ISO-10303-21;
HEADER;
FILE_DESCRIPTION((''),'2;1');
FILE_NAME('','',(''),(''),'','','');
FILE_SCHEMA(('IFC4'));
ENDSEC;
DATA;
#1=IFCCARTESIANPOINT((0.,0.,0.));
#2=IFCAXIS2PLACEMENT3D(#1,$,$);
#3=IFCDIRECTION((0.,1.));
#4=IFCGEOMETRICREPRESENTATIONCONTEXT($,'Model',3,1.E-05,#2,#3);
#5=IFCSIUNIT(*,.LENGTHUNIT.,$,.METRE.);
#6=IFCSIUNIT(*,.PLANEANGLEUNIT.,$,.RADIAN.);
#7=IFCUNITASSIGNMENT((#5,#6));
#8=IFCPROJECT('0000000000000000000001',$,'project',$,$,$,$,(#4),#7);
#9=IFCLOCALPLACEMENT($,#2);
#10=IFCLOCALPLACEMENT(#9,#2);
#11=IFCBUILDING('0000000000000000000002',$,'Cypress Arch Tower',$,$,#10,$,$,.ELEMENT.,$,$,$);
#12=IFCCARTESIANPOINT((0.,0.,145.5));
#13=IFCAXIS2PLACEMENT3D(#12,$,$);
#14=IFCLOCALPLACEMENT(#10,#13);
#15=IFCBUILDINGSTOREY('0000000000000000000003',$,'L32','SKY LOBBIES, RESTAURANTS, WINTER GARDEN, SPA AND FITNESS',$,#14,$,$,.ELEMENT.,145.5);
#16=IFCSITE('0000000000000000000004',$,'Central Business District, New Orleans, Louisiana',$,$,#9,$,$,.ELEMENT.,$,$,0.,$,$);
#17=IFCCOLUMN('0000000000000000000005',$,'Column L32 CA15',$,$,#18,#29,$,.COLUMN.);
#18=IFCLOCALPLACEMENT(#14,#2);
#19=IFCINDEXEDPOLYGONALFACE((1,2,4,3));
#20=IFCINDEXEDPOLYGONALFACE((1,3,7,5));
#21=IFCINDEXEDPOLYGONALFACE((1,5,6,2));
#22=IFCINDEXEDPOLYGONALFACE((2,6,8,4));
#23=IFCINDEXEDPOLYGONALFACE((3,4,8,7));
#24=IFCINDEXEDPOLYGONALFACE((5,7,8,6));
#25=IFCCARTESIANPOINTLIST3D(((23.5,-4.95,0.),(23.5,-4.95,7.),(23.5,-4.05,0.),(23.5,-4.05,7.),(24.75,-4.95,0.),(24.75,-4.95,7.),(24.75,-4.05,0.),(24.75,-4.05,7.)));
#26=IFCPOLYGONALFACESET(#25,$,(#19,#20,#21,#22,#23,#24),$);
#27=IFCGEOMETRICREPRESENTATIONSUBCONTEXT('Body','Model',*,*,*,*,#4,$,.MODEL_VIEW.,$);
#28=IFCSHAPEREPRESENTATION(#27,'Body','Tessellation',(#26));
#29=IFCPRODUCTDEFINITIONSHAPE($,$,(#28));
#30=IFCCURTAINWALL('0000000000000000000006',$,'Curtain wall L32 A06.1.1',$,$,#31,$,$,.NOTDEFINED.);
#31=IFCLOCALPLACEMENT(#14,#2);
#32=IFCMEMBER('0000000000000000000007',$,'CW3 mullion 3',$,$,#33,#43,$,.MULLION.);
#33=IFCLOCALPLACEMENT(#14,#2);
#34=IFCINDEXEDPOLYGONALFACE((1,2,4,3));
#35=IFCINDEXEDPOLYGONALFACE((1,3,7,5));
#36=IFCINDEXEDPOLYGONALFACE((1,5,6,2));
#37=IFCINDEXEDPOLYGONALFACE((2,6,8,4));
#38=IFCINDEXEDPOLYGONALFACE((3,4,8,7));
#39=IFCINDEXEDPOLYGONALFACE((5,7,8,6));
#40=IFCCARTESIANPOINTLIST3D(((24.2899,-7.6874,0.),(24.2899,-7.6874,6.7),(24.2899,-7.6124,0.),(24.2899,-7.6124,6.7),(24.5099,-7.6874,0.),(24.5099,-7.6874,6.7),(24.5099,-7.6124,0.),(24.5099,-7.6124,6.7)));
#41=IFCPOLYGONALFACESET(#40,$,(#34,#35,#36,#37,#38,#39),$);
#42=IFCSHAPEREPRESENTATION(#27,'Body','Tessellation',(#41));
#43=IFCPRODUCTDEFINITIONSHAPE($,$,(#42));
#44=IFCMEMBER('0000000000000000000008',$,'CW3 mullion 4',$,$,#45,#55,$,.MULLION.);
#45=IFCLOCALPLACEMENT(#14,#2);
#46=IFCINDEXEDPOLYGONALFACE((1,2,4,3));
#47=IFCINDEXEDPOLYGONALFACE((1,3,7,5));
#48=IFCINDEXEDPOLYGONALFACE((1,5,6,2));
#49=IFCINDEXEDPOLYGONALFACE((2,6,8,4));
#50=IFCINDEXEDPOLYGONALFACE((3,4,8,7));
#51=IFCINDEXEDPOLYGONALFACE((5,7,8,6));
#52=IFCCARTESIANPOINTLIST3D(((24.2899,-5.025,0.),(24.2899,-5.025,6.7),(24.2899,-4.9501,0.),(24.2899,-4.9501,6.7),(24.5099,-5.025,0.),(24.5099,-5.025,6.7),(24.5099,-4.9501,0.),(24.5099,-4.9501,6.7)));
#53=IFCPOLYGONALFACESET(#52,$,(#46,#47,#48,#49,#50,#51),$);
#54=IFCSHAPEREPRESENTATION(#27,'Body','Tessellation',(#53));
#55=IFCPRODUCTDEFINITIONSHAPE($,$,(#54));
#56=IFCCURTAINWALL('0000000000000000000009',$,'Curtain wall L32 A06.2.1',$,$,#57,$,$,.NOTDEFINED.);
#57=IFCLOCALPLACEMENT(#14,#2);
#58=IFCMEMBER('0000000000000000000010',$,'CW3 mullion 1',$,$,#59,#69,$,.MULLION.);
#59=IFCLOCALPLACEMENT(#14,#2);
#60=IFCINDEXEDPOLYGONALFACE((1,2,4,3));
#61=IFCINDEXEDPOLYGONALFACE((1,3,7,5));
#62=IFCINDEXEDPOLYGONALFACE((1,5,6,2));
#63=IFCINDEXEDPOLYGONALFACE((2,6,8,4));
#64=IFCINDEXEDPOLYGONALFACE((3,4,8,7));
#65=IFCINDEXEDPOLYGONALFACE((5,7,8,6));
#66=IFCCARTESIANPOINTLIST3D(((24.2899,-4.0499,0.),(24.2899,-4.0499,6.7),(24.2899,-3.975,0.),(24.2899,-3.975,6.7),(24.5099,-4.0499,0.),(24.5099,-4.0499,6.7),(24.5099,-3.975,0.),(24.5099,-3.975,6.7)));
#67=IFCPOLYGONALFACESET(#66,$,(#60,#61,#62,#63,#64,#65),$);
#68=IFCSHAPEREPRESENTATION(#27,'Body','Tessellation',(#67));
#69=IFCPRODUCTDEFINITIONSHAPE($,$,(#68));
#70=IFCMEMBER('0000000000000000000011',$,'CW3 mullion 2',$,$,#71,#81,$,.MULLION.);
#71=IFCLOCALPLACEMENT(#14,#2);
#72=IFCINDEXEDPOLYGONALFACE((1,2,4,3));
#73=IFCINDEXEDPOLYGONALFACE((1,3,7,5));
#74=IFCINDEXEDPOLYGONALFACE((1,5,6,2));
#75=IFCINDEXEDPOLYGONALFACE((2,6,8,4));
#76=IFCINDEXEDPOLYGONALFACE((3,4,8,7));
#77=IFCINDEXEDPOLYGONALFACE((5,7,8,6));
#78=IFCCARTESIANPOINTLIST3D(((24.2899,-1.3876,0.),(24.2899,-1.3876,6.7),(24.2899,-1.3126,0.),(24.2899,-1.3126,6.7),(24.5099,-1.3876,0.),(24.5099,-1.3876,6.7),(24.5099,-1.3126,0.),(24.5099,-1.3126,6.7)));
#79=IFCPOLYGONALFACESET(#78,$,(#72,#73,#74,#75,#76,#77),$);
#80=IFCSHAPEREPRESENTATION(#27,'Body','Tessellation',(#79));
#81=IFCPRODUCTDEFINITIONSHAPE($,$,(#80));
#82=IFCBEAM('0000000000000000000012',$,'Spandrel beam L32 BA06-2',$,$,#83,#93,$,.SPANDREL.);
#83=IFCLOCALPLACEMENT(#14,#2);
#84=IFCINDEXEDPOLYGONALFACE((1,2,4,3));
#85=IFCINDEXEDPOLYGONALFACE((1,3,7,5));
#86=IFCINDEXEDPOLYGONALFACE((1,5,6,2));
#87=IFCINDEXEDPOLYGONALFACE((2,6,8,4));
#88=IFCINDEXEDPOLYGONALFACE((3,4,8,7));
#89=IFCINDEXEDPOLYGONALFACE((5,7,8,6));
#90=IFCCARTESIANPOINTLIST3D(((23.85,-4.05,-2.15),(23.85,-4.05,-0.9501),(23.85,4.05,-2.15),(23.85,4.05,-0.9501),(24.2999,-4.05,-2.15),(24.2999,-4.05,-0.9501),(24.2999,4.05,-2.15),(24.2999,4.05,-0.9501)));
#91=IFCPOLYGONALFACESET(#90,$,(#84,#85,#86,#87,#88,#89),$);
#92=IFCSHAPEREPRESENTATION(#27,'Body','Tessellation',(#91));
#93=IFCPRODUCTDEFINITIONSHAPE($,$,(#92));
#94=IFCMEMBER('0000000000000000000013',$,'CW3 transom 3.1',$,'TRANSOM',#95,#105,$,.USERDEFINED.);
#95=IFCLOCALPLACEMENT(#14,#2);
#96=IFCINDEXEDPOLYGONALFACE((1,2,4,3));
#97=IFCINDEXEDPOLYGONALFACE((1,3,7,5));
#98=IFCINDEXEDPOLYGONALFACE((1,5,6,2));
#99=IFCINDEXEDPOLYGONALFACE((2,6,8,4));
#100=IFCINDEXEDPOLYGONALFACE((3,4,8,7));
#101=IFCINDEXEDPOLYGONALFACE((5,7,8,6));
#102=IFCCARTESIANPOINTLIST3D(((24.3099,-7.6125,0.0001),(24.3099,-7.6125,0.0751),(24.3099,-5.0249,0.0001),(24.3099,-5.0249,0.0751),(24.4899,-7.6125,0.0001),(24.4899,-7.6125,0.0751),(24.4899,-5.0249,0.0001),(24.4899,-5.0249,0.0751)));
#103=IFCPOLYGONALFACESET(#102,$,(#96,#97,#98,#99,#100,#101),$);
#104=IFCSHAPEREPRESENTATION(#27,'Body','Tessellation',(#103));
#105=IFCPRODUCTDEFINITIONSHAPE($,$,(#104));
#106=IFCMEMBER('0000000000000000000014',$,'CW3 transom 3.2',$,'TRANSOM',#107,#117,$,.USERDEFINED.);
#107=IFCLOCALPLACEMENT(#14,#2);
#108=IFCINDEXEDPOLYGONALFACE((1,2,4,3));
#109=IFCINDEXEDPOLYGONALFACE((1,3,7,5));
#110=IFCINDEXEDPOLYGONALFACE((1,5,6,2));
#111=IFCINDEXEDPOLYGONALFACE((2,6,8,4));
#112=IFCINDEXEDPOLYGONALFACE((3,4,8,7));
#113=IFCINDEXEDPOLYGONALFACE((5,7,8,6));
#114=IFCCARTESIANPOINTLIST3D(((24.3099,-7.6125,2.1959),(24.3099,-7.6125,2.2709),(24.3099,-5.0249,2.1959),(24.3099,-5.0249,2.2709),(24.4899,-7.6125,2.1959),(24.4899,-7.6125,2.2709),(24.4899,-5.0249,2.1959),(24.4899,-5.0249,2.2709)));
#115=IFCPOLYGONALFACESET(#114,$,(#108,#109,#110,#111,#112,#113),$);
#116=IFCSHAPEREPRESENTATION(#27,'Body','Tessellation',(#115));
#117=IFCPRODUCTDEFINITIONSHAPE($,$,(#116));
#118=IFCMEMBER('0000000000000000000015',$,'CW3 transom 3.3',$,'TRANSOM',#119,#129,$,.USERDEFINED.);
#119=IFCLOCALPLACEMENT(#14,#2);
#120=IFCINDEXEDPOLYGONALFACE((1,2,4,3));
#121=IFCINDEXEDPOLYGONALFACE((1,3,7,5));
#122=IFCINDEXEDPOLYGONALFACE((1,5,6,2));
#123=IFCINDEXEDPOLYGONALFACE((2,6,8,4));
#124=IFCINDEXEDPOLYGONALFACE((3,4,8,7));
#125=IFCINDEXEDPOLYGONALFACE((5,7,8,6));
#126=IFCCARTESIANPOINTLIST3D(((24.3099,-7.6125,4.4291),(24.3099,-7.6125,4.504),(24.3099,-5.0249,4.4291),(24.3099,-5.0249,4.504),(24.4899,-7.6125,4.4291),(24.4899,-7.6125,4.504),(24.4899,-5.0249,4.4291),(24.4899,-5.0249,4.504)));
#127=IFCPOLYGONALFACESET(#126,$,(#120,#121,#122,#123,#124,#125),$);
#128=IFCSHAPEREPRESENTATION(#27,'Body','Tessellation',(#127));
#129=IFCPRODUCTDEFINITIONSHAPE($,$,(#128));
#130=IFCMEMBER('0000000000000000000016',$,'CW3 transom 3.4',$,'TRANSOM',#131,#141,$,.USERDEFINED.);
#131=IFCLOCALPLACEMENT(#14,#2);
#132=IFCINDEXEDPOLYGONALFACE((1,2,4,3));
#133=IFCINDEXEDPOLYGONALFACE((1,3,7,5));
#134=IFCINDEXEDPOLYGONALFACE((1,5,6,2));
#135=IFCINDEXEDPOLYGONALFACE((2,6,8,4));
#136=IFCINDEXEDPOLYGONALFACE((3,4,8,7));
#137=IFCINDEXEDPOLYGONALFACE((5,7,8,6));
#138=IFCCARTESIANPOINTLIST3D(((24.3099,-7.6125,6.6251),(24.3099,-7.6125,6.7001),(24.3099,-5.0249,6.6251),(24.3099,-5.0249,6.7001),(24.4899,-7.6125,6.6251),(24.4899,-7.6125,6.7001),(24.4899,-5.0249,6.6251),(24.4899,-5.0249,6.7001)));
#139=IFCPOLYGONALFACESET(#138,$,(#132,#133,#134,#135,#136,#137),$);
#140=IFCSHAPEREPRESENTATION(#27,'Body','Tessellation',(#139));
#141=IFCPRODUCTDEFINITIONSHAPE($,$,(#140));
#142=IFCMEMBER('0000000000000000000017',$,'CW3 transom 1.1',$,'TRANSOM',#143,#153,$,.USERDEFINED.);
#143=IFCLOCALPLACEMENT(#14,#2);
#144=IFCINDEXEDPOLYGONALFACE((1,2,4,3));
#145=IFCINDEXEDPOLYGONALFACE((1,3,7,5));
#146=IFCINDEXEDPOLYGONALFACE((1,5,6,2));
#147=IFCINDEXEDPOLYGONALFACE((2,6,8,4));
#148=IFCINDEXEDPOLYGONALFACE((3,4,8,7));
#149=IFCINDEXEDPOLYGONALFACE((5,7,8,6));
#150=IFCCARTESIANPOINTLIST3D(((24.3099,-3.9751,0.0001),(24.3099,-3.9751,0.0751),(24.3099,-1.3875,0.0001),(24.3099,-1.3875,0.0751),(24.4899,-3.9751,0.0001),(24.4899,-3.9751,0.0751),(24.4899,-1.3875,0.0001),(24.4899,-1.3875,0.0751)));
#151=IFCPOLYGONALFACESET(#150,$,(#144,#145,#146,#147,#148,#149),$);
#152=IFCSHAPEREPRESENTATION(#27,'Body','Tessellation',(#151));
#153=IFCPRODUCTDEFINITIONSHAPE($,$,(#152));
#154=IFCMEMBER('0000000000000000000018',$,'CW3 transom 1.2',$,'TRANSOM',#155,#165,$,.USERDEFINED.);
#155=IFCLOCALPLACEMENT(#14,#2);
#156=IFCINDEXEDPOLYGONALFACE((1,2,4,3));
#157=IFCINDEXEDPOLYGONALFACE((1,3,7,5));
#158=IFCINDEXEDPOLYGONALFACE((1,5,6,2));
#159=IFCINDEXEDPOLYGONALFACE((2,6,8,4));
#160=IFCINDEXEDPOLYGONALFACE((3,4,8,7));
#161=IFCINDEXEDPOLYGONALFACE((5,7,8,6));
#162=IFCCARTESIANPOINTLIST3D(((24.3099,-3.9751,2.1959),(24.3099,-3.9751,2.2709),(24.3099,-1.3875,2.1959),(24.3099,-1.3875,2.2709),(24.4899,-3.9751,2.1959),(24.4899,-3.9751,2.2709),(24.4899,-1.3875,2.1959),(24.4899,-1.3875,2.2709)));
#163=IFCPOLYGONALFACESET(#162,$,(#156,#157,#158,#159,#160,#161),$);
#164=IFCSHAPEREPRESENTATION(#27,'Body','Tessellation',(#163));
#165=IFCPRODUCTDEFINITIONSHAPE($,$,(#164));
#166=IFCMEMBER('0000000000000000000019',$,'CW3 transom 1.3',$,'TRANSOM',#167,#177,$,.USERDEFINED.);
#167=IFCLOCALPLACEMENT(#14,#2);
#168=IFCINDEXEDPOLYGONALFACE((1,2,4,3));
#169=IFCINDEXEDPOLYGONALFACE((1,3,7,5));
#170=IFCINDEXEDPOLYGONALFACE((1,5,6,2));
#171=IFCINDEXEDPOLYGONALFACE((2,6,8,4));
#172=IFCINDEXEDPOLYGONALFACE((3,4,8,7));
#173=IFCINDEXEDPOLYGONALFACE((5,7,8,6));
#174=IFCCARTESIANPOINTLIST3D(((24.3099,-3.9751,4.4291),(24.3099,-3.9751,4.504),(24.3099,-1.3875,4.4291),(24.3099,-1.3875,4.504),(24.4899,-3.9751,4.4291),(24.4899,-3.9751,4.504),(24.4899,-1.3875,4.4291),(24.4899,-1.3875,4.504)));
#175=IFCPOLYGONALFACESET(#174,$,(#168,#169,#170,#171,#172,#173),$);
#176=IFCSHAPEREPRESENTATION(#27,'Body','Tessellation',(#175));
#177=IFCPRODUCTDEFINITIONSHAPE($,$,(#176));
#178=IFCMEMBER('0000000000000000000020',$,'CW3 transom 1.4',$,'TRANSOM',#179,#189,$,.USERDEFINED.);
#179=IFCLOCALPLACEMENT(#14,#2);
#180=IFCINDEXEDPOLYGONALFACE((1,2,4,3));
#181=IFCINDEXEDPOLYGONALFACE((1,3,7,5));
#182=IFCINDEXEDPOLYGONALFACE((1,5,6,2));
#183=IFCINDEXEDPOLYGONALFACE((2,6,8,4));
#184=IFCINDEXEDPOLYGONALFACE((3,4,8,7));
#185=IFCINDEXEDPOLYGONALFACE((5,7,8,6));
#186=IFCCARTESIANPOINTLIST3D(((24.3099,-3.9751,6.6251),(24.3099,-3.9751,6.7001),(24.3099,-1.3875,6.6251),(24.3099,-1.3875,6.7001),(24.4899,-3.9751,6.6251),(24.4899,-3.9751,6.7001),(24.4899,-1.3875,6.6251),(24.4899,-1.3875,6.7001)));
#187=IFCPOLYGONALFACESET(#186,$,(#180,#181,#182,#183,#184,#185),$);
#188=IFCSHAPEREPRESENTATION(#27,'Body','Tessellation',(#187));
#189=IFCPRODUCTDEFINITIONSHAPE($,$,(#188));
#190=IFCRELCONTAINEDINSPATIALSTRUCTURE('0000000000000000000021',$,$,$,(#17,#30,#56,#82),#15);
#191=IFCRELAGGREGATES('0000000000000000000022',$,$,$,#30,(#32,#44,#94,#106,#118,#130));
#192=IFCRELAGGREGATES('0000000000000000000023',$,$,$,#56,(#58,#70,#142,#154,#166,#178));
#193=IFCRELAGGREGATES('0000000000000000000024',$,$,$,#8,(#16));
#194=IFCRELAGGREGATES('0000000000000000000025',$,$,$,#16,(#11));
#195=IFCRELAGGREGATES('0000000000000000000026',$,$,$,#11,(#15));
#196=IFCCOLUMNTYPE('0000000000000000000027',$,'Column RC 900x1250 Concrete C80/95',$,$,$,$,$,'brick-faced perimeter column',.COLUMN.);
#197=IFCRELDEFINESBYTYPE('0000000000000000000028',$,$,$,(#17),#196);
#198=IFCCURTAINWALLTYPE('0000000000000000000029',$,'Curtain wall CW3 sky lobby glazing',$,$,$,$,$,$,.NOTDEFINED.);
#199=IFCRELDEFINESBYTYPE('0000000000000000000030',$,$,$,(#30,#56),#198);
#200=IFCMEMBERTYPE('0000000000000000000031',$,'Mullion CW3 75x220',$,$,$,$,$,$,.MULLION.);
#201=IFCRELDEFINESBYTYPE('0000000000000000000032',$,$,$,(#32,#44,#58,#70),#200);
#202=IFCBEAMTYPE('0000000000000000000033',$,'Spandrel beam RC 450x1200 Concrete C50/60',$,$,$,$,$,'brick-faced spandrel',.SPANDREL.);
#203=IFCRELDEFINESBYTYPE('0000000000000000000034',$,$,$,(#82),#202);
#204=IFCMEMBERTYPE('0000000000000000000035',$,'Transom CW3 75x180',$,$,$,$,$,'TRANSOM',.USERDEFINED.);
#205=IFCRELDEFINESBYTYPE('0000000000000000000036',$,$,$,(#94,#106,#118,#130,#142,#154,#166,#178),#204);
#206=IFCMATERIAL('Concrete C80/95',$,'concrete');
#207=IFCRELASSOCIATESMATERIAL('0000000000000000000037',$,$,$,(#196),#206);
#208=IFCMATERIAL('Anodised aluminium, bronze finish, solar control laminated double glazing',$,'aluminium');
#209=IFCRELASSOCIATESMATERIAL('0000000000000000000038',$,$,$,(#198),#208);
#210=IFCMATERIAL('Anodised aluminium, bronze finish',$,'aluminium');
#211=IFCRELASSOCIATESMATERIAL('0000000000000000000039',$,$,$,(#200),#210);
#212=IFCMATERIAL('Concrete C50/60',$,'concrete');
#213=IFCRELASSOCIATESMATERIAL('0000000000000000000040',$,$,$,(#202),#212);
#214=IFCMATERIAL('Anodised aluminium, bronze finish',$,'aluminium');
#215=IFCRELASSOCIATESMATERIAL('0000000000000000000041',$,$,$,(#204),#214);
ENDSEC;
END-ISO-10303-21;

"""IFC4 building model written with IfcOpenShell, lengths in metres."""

from ifc_helpers import new_model, si_unit, direction, frame, origin, origin_2d, place, context, subcontext, project, spatial, rectangle, extrude, material, material_profile, profile_set, type_object, element, aggregate, save


model = new_model("IFC4")

# Units and contexts
model_context = context("Model", 3, precision=1e-05, world=origin(), true_north=direction((0.0, 1.0)))
body_context = subcontext(model_context, "Body", "Model", "MODEL_VIEW")
ifc_project = project(units=[si_unit("LENGTHUNIT", "METRE"), si_unit("PLANEANGLEUNIT", "RADIAN")], contexts=[model_context])

# Site, building, storey
site_placement = place(None, origin())
site = spatial("IfcSite", under=ifc_project, at=site_placement, Name="Central Business District, New Orleans, Louisiana", CompositionType="ELEMENT", RefElevation=0.0)
building_placement = place(site_placement, origin())
building = spatial("IfcBuilding", under=site, at=building_placement, Name="Cypress Arch Tower", CompositionType="ELEMENT")
storey_placement = place(building_placement, frame((0.0, 0.0, 145.5)))
storey = spatial("IfcBuildingStorey", under=building, at=storey_placement, Name="L32", Description="SKY LOBBIES, RESTAURANTS, WINTER GARDEN, SPA AND FITNESS", CompositionType="ELEMENT", Elevation=145.5)

# Column
ifc_material_1 = material(Name="Concrete C80/95", Category="concrete")
ifc_material_profile_1 = material_profile(ifc_material_1, rectangle(XDim=0.8999, YDim=1.25, at=origin_2d()), Name="RC 900x1250")
ifc_profile_set_1 = profile_set([ifc_material_profile_1], Name="Concrete C80/95")
column_type = type_object("IfcColumnType", Name="Column RC 900x1250 Concrete C80/95", ElementType="brick-faced perimeter column", PredefinedType="COLUMN", material=ifc_profile_set_1)
column_placement = place(storey_placement, frame((24.125, -4.5, 0.0), z_axis=(0.0, 0.0, 1.0), x_axis=(0.0, 1.0, 0.0)))
element("IfcColumn", 1, at=column_placement, inside=storey, type_object=column_type, Name="Column L32 CA15", PredefinedType="COLUMN", context=body_context, shape_type="SweptSolid", body=[
    extrude(rectangle(XDim=0.8999, YDim=1.25, at=origin_2d()), origin(), (0.0, 0.0, 1.0), 7.0),
])

# Curtain walls, members
ifc_material_2 = material(Name="Anodised aluminium, bronze finish, solar control laminated double glazing", Category="aluminium")
curtain_wall_type = type_object("IfcCurtainWallType", Name="Curtain wall CW3 sky lobby glazing", PredefinedType="NOTDEFINED", material=ifc_material_2)
curtain_wall_1_placement = place(storey_placement, origin())
curtain_wall_1 = element("IfcCurtainWall", 2, at=curtain_wall_1_placement, inside=storey, type_object=curtain_wall_type, Name="Curtain wall L32 A06.1.1", PredefinedType="NOTDEFINED")
ifc_material_3 = material(Name="Anodised aluminium, bronze finish", Category="aluminium")
ifc_material_profile_2 = material_profile(ifc_material_3, rectangle(XDim=0.22, YDim=0.075, at=origin_2d()), Name="Mullion 75x220")
ifc_profile_set_2 = profile_set([ifc_material_profile_2], Name="Anodised aluminium, bronze finish")
member_type_1 = type_object("IfcMemberType", Name="Mullion CW3 75x220", PredefinedType="MULLION", material=ifc_profile_set_2)
member_1_placement = place(storey_placement, frame((24.3999, -7.6499, 0.0), z_axis=(0.0, 0.0, 1.0), x_axis=(-1.0, 0.0, 0.0)))
member_1 = element("IfcMember", 3, at=member_1_placement, type_object=member_type_1, Name="CW3 mullion 3", PredefinedType="MULLION", context=body_context, shape_type="SweptSolid", body=[
    extrude(rectangle(XDim=0.22, YDim=0.075, at=origin_2d()), origin(), (0.0, 0.0, 1.0), 6.7),
])
member_2_placement = place(storey_placement, frame((24.3999, -4.9875, 0.0), z_axis=(0.0, 0.0, 1.0), x_axis=(-1.0, 0.0, 0.0)))
member_2 = element("IfcMember", 4, at=member_2_placement, type_object=member_type_1, Name="CW3 mullion 4", PredefinedType="MULLION", context=body_context, shape_type="SweptSolid", body=[
    extrude(rectangle(XDim=0.22, YDim=0.075, at=origin_2d()), origin(), (0.0, 0.0, 1.0), 6.7),
])
curtain_wall_2_placement = place(storey_placement, origin())
curtain_wall_2 = element("IfcCurtainWall", 5, at=curtain_wall_2_placement, inside=storey, type_object=curtain_wall_type, Name="Curtain wall L32 A06.2.1", PredefinedType="NOTDEFINED")
member_3_placement = place(storey_placement, frame((24.3999, -4.0125, 0.0), z_axis=(0.0, 0.0, 1.0), x_axis=(-1.0, 0.0, 0.0)))
member_3 = element("IfcMember", 6, at=member_3_placement, type_object=member_type_1, Name="CW3 mullion 1", PredefinedType="MULLION", context=body_context, shape_type="SweptSolid", body=[
    extrude(rectangle(XDim=0.22, YDim=0.075, at=origin_2d()), origin(), (0.0, 0.0, 1.0), 6.7),
])
member_4_placement = place(storey_placement, frame((24.3999, -1.3501, 0.0), z_axis=(0.0, 0.0, 1.0), x_axis=(-1.0, 0.0, 0.0)))
member_4 = element("IfcMember", 7, at=member_4_placement, type_object=member_type_1, Name="CW3 mullion 2", PredefinedType="MULLION", context=body_context, shape_type="SweptSolid", body=[
    extrude(rectangle(XDim=0.22, YDim=0.075, at=origin_2d()), origin(), (0.0, 0.0, 1.0), 6.7),
])

# Beam
ifc_material_4 = material(Name="Concrete C50/60", Category="concrete")
ifc_material_profile_3 = material_profile(ifc_material_4, rectangle(XDim=0.45, YDim=1.2, at=origin_2d()), Name="RC 450x1200")
ifc_profile_set_3 = profile_set([ifc_material_profile_3], Name="Concrete C50/60")
beam_type = type_object("IfcBeamType", Name="Spandrel beam RC 450x1200 Concrete C50/60", ElementType="brick-faced spandrel", PredefinedType="SPANDREL", material=ifc_profile_set_3)
beam_placement = place(storey_placement, frame((24.075, -4.05, -1.55), z_axis=(0.0, 1.0, 0.0), x_axis=(-1.0, 0.0, 0.0)))
element("IfcBeam", 8, at=beam_placement, inside=storey, type_object=beam_type, Name="Spandrel beam L32 BA06-2", PredefinedType="SPANDREL", context=body_context, shape_type="SweptSolid", body=[
    extrude(rectangle(XDim=0.45, YDim=1.2, at=origin_2d()), origin(), (0.0, 0.0, 1.0), 8.1001),
])

# Members
ifc_material_5 = material(Name="Anodised aluminium, bronze finish", Category="aluminium")
ifc_material_profile_4 = material_profile(ifc_material_5, rectangle(XDim=0.1799, YDim=0.075, at=origin_2d()), Name="Transom 75x180")
ifc_profile_set_4 = profile_set([ifc_material_profile_4], Name="Anodised aluminium, bronze finish")
member_type_2 = type_object("IfcMemberType", Name="Transom CW3 75x180", ElementType="TRANSOM", PredefinedType="USERDEFINED", material=ifc_profile_set_4)
member_5_placement = place(storey_placement, frame((24.3999, -7.6125, 0.0376), z_axis=(0.0, 1.0, 0.0), x_axis=(-1.0, 0.0, 0.0)))
member_5 = element("IfcMember", 9, at=member_5_placement, type_object=member_type_2, Name="CW3 transom 3.1", ObjectType="TRANSOM", PredefinedType="USERDEFINED", context=body_context, shape_type="SweptSolid", body=[
    extrude(rectangle(XDim=0.1799, YDim=0.075, at=origin_2d()), origin(), (0.0, 0.0, 1.0), 2.5876),
])
member_6_placement = place(storey_placement, frame((24.3999, -7.6125, 2.2334), z_axis=(0.0, 1.0, 0.0), x_axis=(-1.0, 0.0, 0.0)))
member_6 = element("IfcMember", 10, at=member_6_placement, type_object=member_type_2, Name="CW3 transom 3.2", ObjectType="TRANSOM", PredefinedType="USERDEFINED", context=body_context, shape_type="SweptSolid", body=[
    extrude(rectangle(XDim=0.1799, YDim=0.075, at=origin_2d()), origin(), (0.0, 0.0, 1.0), 2.5876),
])
member_7_placement = place(storey_placement, frame((24.3999, -7.6125, 4.4666), z_axis=(0.0, 1.0, 0.0), x_axis=(-1.0, 0.0, 0.0)))
member_7 = element("IfcMember", 11, at=member_7_placement, type_object=member_type_2, Name="CW3 transom 3.3", ObjectType="TRANSOM", PredefinedType="USERDEFINED", context=body_context, shape_type="SweptSolid", body=[
    extrude(rectangle(XDim=0.1799, YDim=0.075, at=origin_2d()), origin(), (0.0, 0.0, 1.0), 2.5876),
])
member_8_placement = place(storey_placement, frame((24.3999, -7.6125, 6.6626), z_axis=(0.0, 1.0, 0.0), x_axis=(-1.0, 0.0, 0.0)))
member_8 = element("IfcMember", 12, at=member_8_placement, type_object=member_type_2, Name="CW3 transom 3.4", ObjectType="TRANSOM", PredefinedType="USERDEFINED", context=body_context, shape_type="SweptSolid", body=[
    extrude(rectangle(XDim=0.1799, YDim=0.075, at=origin_2d()), origin(), (0.0, 0.0, 1.0), 2.5876),
])
member_9_placement = place(storey_placement, frame((24.3999, -3.9751, 0.0376), z_axis=(0.0, 1.0, 0.0), x_axis=(-1.0, 0.0, 0.0)))
member_9 = element("IfcMember", 13, at=member_9_placement, type_object=member_type_2, Name="CW3 transom 1.1", ObjectType="TRANSOM", PredefinedType="USERDEFINED", context=body_context, shape_type="SweptSolid", body=[
    extrude(rectangle(XDim=0.1799, YDim=0.075, at=origin_2d()), origin(), (0.0, 0.0, 1.0), 2.5876),
])
member_10_placement = place(storey_placement, frame((24.3999, -3.9751, 2.2334), z_axis=(0.0, 1.0, 0.0), x_axis=(-1.0, 0.0, 0.0)))
member_10 = element("IfcMember", 14, at=member_10_placement, type_object=member_type_2, Name="CW3 transom 1.2", ObjectType="TRANSOM", PredefinedType="USERDEFINED", context=body_context, shape_type="SweptSolid", body=[
    extrude(rectangle(XDim=0.1799, YDim=0.075, at=origin_2d()), origin(), (0.0, 0.0, 1.0), 2.5876),
])
member_11_placement = place(storey_placement, frame((24.3999, -3.9751, 4.4666), z_axis=(0.0, 1.0, 0.0), x_axis=(-1.0, 0.0, 0.0)))
member_11 = element("IfcMember", 15, at=member_11_placement, type_object=member_type_2, Name="CW3 transom 1.3", ObjectType="TRANSOM", PredefinedType="USERDEFINED", context=body_context, shape_type="SweptSolid", body=[
    extrude(rectangle(XDim=0.1799, YDim=0.075, at=origin_2d()), origin(), (0.0, 0.0, 1.0), 2.5876),
])
member_12_placement = place(storey_placement, frame((24.3999, -3.9751, 6.6626), z_axis=(0.0, 1.0, 0.0), x_axis=(-1.0, 0.0, 0.0)))
member_12 = element("IfcMember", 16, at=member_12_placement, type_object=member_type_2, Name="CW3 transom 1.4", ObjectType="TRANSOM", PredefinedType="USERDEFINED", context=body_context, shape_type="SweptSolid", body=[
    extrude(rectangle(XDim=0.1799, YDim=0.075, at=origin_2d()), origin(), (0.0, 0.0, 1.0), 2.5876),
])

aggregate(curtain_wall_1, [member_1, member_2, member_5, member_6, member_7, member_8])
aggregate(curtain_wall_2, [member_3, member_4, member_9, member_10, member_11, member_12])

save(model, "model.ifc")
